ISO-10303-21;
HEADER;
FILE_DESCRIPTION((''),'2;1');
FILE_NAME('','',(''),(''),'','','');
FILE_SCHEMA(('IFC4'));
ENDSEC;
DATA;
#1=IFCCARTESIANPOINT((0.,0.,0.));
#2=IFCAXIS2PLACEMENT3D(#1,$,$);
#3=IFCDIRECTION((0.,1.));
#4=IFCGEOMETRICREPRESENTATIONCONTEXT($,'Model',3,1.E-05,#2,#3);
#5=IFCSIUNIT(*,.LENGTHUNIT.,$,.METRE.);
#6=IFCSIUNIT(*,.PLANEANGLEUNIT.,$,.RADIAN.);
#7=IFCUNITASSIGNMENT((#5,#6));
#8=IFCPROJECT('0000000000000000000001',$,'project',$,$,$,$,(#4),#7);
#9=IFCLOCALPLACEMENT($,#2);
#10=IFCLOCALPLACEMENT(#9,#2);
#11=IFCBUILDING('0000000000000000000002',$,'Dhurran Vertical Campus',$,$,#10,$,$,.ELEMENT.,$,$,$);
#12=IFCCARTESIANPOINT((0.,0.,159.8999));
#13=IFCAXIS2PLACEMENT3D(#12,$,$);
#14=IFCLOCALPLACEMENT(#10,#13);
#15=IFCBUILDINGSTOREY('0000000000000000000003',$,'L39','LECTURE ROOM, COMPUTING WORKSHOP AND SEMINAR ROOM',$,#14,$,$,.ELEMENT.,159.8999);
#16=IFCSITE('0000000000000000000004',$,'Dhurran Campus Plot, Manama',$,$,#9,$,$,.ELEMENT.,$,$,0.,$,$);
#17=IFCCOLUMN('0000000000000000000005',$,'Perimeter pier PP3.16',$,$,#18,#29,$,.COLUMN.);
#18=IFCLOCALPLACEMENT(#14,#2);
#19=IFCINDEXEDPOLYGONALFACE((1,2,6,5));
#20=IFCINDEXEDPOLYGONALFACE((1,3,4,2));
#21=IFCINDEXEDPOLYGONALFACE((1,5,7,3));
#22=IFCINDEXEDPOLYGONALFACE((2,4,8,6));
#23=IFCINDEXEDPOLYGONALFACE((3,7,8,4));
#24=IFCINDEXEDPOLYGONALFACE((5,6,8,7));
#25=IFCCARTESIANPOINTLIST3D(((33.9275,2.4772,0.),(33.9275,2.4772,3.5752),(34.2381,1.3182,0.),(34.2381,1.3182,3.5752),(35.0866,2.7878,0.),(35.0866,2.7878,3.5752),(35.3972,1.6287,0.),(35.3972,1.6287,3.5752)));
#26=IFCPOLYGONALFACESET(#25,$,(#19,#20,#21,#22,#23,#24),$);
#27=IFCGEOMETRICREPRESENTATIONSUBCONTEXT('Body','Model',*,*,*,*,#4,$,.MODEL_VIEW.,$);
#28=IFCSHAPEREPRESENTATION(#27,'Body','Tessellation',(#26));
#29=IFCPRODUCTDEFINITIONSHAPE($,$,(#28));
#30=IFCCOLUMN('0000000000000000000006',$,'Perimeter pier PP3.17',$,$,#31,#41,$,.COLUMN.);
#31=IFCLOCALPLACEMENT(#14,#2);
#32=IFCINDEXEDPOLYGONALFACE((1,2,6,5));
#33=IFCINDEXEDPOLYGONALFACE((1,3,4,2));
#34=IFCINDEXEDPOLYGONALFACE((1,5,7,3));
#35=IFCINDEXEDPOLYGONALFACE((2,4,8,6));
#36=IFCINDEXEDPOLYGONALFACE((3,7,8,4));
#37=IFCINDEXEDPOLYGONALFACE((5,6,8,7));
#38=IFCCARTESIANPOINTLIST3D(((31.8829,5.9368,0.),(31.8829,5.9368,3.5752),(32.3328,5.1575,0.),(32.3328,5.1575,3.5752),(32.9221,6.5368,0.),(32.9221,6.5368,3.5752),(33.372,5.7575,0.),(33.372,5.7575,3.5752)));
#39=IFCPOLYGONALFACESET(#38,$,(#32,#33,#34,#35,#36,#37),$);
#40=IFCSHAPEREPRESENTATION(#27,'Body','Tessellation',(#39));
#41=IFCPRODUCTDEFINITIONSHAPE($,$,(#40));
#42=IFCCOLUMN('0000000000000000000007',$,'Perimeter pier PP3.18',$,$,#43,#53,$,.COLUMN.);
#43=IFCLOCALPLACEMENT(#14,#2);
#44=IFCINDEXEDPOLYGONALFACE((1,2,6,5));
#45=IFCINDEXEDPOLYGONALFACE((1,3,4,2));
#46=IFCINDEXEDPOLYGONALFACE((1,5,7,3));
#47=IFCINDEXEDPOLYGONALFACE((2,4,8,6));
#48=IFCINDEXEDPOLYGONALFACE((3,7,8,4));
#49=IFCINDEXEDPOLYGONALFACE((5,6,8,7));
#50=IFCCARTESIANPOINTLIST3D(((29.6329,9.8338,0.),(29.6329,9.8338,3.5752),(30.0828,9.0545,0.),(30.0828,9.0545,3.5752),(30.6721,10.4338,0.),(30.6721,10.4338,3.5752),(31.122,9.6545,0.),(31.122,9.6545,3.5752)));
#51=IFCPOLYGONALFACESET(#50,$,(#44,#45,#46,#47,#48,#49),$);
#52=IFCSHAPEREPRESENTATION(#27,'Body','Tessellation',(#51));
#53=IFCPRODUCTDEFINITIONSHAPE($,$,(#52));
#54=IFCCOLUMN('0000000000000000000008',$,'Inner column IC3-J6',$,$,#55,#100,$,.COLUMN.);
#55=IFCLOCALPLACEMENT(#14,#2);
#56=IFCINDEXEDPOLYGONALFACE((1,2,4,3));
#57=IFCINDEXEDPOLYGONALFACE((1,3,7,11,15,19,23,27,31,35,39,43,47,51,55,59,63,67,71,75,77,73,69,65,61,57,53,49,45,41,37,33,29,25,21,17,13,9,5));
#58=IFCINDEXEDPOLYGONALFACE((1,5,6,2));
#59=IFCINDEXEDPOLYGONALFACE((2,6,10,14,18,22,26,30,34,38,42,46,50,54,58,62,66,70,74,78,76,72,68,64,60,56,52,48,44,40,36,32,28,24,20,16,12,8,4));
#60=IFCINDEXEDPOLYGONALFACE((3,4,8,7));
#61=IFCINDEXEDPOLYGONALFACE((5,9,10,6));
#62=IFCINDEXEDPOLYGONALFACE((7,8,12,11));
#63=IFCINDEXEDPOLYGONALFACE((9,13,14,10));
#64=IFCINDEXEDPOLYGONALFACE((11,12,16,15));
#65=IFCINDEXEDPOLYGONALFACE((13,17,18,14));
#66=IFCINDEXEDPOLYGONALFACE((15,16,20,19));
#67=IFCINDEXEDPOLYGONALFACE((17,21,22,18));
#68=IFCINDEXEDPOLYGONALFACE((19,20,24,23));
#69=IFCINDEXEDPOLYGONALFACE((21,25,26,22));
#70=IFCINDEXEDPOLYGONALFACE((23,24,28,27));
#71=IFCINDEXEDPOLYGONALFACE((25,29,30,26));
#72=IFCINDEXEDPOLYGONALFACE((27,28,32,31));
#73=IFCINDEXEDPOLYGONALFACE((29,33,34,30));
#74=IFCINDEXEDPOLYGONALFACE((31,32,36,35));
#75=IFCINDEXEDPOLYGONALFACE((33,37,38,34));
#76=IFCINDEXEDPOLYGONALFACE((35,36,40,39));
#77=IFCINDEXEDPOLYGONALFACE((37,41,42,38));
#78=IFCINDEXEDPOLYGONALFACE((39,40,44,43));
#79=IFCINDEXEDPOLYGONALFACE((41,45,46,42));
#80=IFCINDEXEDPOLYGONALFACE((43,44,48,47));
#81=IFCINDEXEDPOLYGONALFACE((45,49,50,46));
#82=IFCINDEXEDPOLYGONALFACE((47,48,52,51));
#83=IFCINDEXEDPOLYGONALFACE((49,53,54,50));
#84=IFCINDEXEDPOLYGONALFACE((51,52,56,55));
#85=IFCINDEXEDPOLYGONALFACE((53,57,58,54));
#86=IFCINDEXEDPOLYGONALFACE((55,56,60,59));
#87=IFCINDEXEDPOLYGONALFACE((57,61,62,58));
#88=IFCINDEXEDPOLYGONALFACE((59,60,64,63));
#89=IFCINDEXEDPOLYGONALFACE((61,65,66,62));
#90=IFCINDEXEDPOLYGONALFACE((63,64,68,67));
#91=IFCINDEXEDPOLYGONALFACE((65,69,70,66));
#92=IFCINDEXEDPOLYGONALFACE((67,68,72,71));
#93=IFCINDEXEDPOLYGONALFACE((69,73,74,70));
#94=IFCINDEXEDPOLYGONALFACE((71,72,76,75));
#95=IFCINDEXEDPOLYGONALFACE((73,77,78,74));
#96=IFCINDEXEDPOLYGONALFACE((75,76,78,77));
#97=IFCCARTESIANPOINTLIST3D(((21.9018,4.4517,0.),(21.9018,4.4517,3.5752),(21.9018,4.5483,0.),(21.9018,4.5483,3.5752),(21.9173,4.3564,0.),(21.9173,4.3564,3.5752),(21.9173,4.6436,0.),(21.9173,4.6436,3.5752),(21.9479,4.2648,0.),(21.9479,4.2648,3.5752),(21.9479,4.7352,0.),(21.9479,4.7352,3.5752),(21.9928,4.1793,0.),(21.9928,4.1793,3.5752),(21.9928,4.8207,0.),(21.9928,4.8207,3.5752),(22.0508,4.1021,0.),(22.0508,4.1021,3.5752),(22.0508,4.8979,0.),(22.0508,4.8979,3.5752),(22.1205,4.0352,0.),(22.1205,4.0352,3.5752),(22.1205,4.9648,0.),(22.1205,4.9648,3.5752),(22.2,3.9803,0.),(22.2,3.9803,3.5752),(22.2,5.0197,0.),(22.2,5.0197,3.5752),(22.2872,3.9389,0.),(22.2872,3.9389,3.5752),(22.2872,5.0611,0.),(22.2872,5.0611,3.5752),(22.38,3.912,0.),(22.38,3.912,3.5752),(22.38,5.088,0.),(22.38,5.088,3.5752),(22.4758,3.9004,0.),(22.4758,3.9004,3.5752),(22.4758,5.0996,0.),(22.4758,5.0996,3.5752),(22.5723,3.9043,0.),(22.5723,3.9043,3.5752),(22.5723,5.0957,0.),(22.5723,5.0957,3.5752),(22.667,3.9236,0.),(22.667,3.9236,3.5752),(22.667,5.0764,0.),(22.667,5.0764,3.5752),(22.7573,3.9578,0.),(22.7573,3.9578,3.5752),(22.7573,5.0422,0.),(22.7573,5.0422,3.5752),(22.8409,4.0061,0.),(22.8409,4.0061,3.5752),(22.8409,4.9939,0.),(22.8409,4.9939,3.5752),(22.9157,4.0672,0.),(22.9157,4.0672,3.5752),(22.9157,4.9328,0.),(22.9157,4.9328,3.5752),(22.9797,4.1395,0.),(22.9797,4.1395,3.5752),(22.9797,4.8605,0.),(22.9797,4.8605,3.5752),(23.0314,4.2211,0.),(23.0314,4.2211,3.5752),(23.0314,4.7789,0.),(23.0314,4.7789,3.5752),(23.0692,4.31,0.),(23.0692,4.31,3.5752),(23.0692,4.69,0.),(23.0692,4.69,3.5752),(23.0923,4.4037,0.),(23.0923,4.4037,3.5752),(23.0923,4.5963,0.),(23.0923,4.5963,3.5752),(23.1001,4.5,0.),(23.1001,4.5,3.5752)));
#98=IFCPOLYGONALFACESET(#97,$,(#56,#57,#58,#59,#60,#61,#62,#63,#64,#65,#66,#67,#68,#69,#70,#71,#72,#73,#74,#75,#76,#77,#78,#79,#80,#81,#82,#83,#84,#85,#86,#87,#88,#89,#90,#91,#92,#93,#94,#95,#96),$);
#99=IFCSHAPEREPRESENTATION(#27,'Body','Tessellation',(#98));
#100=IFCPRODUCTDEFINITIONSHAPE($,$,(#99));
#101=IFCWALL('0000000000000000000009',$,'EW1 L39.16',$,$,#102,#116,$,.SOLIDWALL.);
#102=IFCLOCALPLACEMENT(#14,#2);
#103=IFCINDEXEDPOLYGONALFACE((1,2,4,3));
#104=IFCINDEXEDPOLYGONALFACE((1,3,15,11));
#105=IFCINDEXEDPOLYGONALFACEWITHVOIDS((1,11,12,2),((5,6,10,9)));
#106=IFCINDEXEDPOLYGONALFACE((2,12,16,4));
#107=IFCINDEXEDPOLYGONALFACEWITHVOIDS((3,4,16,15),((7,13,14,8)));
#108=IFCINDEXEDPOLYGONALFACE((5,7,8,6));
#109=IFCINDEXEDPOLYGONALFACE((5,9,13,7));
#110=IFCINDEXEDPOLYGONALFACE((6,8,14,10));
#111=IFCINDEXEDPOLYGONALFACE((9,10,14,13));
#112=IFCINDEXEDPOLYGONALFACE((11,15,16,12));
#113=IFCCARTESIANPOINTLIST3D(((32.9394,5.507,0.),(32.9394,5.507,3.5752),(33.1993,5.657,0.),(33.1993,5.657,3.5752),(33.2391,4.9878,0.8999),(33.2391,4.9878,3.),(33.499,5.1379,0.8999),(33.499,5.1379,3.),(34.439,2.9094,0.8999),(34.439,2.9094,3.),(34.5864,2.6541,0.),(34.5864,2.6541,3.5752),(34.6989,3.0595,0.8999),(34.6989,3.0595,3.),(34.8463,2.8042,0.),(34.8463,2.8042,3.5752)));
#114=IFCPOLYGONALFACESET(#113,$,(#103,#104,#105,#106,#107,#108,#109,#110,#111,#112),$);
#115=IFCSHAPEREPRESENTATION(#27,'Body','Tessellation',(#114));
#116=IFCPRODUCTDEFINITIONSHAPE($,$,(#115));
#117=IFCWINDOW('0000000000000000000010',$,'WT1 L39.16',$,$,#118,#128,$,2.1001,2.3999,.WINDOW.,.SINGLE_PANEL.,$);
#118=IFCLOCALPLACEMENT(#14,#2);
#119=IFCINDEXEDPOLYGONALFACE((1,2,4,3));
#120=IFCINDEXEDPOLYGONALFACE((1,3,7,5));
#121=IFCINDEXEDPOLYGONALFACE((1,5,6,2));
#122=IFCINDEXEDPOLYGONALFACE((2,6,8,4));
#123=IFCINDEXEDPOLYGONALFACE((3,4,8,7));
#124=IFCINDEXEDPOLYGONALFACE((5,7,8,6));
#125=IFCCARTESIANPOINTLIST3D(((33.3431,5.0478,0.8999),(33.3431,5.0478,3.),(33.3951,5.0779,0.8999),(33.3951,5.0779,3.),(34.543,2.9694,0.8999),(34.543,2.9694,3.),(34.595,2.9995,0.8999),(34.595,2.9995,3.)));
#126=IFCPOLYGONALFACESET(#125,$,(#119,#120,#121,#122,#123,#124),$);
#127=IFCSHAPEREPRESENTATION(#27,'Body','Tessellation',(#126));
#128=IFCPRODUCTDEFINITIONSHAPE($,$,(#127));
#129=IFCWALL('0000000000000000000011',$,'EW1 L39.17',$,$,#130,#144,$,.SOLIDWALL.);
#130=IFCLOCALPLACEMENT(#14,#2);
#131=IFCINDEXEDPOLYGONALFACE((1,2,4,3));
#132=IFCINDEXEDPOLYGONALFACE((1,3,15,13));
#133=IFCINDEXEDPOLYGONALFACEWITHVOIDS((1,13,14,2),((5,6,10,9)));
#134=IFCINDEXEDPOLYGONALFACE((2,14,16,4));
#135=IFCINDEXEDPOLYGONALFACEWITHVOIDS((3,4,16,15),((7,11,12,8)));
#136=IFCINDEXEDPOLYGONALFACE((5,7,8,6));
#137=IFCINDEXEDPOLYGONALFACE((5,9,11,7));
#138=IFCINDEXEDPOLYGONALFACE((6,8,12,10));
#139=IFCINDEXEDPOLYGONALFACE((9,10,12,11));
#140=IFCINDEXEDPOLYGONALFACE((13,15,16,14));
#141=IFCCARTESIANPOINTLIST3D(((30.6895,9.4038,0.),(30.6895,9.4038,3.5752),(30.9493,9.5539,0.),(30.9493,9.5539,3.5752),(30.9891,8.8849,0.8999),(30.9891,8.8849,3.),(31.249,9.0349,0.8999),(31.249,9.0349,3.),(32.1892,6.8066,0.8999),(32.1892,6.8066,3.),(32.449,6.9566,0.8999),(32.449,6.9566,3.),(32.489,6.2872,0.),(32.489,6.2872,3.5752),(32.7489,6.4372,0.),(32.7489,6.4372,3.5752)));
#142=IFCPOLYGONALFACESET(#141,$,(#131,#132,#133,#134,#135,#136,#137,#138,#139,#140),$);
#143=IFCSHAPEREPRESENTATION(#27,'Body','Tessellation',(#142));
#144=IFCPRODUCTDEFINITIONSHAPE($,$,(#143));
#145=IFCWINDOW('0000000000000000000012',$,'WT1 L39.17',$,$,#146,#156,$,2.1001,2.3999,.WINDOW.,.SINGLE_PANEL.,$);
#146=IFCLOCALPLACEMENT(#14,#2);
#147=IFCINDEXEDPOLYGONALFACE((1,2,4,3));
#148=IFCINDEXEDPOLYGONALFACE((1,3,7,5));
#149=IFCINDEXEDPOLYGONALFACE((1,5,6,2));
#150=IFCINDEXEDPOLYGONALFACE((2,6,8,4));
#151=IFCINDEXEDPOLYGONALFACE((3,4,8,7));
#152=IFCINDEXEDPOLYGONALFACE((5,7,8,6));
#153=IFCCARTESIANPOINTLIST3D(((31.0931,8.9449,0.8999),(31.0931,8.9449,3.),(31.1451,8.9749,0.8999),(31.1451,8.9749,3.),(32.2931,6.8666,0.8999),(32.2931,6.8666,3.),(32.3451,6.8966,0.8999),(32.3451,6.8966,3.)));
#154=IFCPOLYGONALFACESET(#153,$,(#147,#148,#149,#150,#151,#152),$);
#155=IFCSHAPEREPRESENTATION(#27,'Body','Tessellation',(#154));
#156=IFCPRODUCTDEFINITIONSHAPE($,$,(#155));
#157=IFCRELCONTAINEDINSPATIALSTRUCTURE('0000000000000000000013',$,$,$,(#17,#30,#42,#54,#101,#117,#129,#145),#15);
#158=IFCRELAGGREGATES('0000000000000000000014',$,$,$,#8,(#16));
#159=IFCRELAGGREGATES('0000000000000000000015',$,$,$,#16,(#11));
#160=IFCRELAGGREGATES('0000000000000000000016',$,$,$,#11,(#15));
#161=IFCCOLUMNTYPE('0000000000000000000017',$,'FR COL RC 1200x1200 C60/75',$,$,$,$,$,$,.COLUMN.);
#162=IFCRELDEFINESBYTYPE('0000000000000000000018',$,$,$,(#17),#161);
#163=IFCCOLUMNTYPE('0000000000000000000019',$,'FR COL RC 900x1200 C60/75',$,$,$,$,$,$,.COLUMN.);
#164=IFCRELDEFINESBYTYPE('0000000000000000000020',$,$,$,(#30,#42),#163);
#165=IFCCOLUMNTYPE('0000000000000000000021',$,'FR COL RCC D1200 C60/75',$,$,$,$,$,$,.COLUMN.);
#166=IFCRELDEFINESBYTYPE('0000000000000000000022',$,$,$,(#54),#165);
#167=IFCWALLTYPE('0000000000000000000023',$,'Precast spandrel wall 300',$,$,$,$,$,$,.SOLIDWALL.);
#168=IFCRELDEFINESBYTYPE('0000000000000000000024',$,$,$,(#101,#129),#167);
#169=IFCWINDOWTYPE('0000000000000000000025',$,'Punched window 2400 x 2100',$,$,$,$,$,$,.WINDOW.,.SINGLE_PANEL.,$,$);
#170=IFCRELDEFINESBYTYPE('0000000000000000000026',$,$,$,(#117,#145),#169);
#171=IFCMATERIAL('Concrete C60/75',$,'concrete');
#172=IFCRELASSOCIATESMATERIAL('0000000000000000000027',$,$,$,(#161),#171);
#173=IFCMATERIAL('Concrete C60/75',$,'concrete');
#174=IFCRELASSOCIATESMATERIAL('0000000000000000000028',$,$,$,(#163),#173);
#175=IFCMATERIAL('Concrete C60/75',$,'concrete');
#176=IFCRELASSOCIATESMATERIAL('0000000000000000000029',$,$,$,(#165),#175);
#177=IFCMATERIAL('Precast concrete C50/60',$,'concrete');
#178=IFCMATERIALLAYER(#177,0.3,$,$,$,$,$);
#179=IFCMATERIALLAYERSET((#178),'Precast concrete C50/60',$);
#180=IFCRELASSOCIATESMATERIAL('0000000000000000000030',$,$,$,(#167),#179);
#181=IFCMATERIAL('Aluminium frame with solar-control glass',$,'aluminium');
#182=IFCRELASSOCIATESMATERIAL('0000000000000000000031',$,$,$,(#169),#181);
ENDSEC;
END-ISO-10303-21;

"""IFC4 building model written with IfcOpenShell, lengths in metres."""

from ifc_helpers import new_model, si_unit, direction, frame, frame_2d, origin, origin_2d, place, context, subcontext, project, spatial, rectangle, circle, extrude, material, layer, layer_set, material_profile, profile_set, type_object, element, fill, save


model = new_model("IFC4")

# Units and contexts
model_context = context("Model", 3, precision=1e-05, world=origin(), true_north=direction((0.0, 1.0)))
body_context = subcontext(model_context, "Body", "Model", "MODEL_VIEW")
ifc_project = project(units=[si_unit("LENGTHUNIT", "METRE"), si_unit("PLANEANGLEUNIT", "RADIAN")], contexts=[model_context])

# Site, building, storey
site_placement = place(None, origin())
site = spatial("IfcSite", under=ifc_project, at=site_placement, Name="Dhurran Campus Plot, Manama", CompositionType="ELEMENT", RefElevation=0.0)
building_placement = place(site_placement, origin())
building = spatial("IfcBuilding", under=site, at=building_placement, Name="Dhurran Vertical Campus", CompositionType="ELEMENT")
storey_placement = place(building_placement, frame((0.0, 0.0, 159.8999)))
storey = spatial("IfcBuildingStorey", under=building, at=storey_placement, Name="L39", Description="LECTURE ROOM, COMPUTING WORKSHOP AND SEMINAR ROOM", CompositionType="ELEMENT", Elevation=159.8999)

# Columns
ifc_material_1 = material(Name="Concrete C60/75", Category="concrete")
ifc_material_profile_1 = material_profile(ifc_material_1, rectangle(XDim=1.2, YDim=1.2, at=origin_2d()), Name="RC 1200x1200")
ifc_profile_set_1 = profile_set([ifc_material_profile_1], Name="Concrete C60/75")
column_type_1 = type_object("IfcColumnType", Name="FR COL RC 1200x1200 C60/75", PredefinedType="COLUMN", material=ifc_profile_set_1)
column_1_placement = place(storey_placement, frame((34.6624, 2.053, 0.0), z_axis=(0.0, 0.0, 1.0), x_axis=(-0.258819, 0.965926, 0.0)))
element("IfcColumn", 1, at=column_1_placement, inside=storey, type_object=column_type_1, Name="Perimeter pier PP3.16", PredefinedType="COLUMN", context=body_context, shape_type="SweptSolid", body=[
    extrude(rectangle(XDim=1.2, YDim=1.2, at=origin_2d()), origin(), (0.0, 0.0, 1.0), 3.5752),
])
ifc_material_2 = material(Name="Concrete C60/75", Category="concrete")
ifc_material_profile_2 = material_profile(ifc_material_2, rectangle(XDim=0.8999, YDim=1.2, at=origin_2d()), Name="RC 900x1200")
ifc_profile_set_2 = profile_set([ifc_material_profile_2], Name="Concrete C60/75")
column_type_2 = type_object("IfcColumnType", Name="FR COL RC 900x1200 C60/75", PredefinedType="COLUMN", material=ifc_profile_set_2)
for number, where, z_axis, x_axis, name in (
    (2, (32.6274, 5.8472, 0.0), (0.0, 0.0, 1.0), (-0.5, 0.866025, 0.0), "Perimeter pier PP3.17"),
    (3, (30.3774, 9.7441, 0.0), (0.0, 0.0, 1.0), (-0.5, 0.866025, 0.0), "Perimeter pier PP3.18"),
):
    element("IfcColumn", number, at=place(storey_placement, frame(where, z_axis=z_axis, x_axis=x_axis)), inside=storey, type_object=column_type_2, Name=name, PredefinedType="COLUMN", context=body_context, shape_type="SweptSolid", body=[
        extrude(rectangle(XDim=0.8999, YDim=1.2, at=origin_2d()), origin(), (0.0, 0.0, 1.0), 3.5752),
    ])
ifc_material_3 = material(Name="Concrete C60/75", Category="concrete")
ifc_material_profile_3 = material_profile(ifc_material_3, circle(Radius=0.6001, at=origin_2d()), Name="RCC D1200")
ifc_profile_set_3 = profile_set([ifc_material_profile_3], Name="Concrete C60/75")
column_type_3 = type_object("IfcColumnType", Name="FR COL RCC D1200 C60/75", PredefinedType="COLUMN", material=ifc_profile_set_3)
column_2_placement = place(storey_placement, frame((22.5, 4.5, 0.0), z_axis=(0.0, 0.0, 1.0), x_axis=(1.0, 0.0, 0.0)))
element("IfcColumn", 4, at=column_2_placement, inside=storey, type_object=column_type_3, Name="Inner column IC3-J6", PredefinedType="COLUMN", context=body_context, shape_type="SweptSolid", body=[
    extrude(circle(Radius=0.6001, at=origin_2d()), origin(), (0.0, 0.0, 1.0), 3.5752),
])

# Walls, openings, windows
ifc_material_4 = material(Name="Precast concrete C50/60", Category="concrete")
ifc_layer_1 = layer(ifc_material_4, 0.3)
ifc_layer_set_1 = layer_set([ifc_layer_1], Name="Precast concrete C50/60")
wall_type_1 = type_object("IfcWallType", Name="Precast spandrel wall 300", PredefinedType="SOLIDWALL", material=ifc_layer_set_1)
wall_1_placement = place(storey_placement, frame((34.7163, 2.7292, 0.0), z_axis=(0.0, 0.0, 1.0), x_axis=(-0.499981, 0.866036, 0.0)))
wall_1 = element("IfcWall", 5, at=wall_1_placement, inside=storey, type_object=wall_type_1, Name="EW1 L39.16", PredefinedType="SOLIDWALL", context=body_context, shape_type="SweptSolid", body=[
    extrude(rectangle(XDim=3.2942, YDim=0.3, at=frame_2d((1.647, 0.0))), origin(), (0.0, 0.0, 1.0), 3.5752),
])
opening_1_placement = place(wall_1_placement, frame((0.2947, 0.0, 0.8999)))
opening_1 = element("IfcOpeningElement", 6, at=opening_1_placement, cuts=wall_1, PredefinedType="OPENING", context=body_context, shape_type="SweptSolid", body=[
    extrude(rectangle(XDim=2.3999, YDim=2.1001, at=frame_2d((1.2, 1.05))), frame((0.0, 0.1599, 0.0), z_axis=(0.0, -1.0, 0.0), x_axis=(1.0, 0.0, 0.0)), (0.0, 0.0, 1.0), 0.3201),
])
ifc_material_5 = material(Name="Aluminium frame with solar-control glass", Category="aluminium")
window_type = type_object("IfcWindowType", Name="Punched window 2400 x 2100", PartitioningType="SINGLE_PANEL", PredefinedType="WINDOW", material=ifc_material_5)
window_1_placement = place(opening_1_placement, origin())
window_1 = element("IfcWindow", 7, at=window_1_placement, inside=storey, type_object=window_type, Name="WT1 L39.16", OverallHeight=2.1001, OverallWidth=2.3999, PartitioningType="SINGLE_PANEL", PredefinedType="WINDOW", context=body_context, shape_type="SweptSolid", body=[
    extrude(rectangle(XDim=2.3999, YDim=2.1001, at=frame_2d((1.2, 1.05))), frame((0.0, 0.03, 0.0), z_axis=(0.0, -1.0, 0.0), x_axis=(1.0, 0.0, 0.0)), (0.0, 0.0, 1.0), 0.0601),
])
fill(opening_1, window_1)
wall_2_placement = place(storey_placement, frame((32.6189, 6.3623, 0.0), z_axis=(0.0, 0.0, 1.0), x_axis=(-0.500028, 0.866009, 0.0)))
wall_2 = element("IfcWall", 8, at=wall_2_placement, inside=storey, type_object=wall_type_1, Name="EW1 L39.17", PredefinedType="SOLIDWALL", context=body_context, shape_type="SweptSolid", body=[
    extrude(rectangle(XDim=3.5989, YDim=0.3, at=frame_2d((1.7993, 0.0))), origin(), (0.0, 0.0, 1.0), 3.5752),
])
opening_2_placement = place(wall_2_placement, frame((0.5996, 0.0, 0.8999)))
opening_2 = element("IfcOpeningElement", 9, at=opening_2_placement, cuts=wall_2, PredefinedType="OPENING", context=body_context, shape_type="SweptSolid", body=[
    extrude(rectangle(XDim=2.3999, YDim=2.1001, at=frame_2d((1.2, 1.05))), frame((0.0, 0.1599, 0.0), z_axis=(0.0, -1.0, 0.0), x_axis=(1.0, 0.0, 0.0)), (0.0, 0.0, 1.0), 0.3201),
])
window_2_placement = place(opening_2_placement, origin())
window_2 = element("IfcWindow", 10, at=window_2_placement, inside=storey, type_object=window_type, Name="WT1 L39.17", OverallHeight=2.1001, OverallWidth=2.3999, PartitioningType="SINGLE_PANEL", PredefinedType="WINDOW", context=body_context, shape_type="SweptSolid", body=[
    extrude(rectangle(XDim=2.3999, YDim=2.1001, at=frame_2d((1.2, 1.05))), frame((0.0, 0.03, 0.0), z_axis=(0.0, -1.0, 0.0), x_axis=(1.0, 0.0, 0.0)), (0.0, 0.0, 1.0), 0.0601),
])
fill(opening_2, window_2)

save(model, "model.ifc")
